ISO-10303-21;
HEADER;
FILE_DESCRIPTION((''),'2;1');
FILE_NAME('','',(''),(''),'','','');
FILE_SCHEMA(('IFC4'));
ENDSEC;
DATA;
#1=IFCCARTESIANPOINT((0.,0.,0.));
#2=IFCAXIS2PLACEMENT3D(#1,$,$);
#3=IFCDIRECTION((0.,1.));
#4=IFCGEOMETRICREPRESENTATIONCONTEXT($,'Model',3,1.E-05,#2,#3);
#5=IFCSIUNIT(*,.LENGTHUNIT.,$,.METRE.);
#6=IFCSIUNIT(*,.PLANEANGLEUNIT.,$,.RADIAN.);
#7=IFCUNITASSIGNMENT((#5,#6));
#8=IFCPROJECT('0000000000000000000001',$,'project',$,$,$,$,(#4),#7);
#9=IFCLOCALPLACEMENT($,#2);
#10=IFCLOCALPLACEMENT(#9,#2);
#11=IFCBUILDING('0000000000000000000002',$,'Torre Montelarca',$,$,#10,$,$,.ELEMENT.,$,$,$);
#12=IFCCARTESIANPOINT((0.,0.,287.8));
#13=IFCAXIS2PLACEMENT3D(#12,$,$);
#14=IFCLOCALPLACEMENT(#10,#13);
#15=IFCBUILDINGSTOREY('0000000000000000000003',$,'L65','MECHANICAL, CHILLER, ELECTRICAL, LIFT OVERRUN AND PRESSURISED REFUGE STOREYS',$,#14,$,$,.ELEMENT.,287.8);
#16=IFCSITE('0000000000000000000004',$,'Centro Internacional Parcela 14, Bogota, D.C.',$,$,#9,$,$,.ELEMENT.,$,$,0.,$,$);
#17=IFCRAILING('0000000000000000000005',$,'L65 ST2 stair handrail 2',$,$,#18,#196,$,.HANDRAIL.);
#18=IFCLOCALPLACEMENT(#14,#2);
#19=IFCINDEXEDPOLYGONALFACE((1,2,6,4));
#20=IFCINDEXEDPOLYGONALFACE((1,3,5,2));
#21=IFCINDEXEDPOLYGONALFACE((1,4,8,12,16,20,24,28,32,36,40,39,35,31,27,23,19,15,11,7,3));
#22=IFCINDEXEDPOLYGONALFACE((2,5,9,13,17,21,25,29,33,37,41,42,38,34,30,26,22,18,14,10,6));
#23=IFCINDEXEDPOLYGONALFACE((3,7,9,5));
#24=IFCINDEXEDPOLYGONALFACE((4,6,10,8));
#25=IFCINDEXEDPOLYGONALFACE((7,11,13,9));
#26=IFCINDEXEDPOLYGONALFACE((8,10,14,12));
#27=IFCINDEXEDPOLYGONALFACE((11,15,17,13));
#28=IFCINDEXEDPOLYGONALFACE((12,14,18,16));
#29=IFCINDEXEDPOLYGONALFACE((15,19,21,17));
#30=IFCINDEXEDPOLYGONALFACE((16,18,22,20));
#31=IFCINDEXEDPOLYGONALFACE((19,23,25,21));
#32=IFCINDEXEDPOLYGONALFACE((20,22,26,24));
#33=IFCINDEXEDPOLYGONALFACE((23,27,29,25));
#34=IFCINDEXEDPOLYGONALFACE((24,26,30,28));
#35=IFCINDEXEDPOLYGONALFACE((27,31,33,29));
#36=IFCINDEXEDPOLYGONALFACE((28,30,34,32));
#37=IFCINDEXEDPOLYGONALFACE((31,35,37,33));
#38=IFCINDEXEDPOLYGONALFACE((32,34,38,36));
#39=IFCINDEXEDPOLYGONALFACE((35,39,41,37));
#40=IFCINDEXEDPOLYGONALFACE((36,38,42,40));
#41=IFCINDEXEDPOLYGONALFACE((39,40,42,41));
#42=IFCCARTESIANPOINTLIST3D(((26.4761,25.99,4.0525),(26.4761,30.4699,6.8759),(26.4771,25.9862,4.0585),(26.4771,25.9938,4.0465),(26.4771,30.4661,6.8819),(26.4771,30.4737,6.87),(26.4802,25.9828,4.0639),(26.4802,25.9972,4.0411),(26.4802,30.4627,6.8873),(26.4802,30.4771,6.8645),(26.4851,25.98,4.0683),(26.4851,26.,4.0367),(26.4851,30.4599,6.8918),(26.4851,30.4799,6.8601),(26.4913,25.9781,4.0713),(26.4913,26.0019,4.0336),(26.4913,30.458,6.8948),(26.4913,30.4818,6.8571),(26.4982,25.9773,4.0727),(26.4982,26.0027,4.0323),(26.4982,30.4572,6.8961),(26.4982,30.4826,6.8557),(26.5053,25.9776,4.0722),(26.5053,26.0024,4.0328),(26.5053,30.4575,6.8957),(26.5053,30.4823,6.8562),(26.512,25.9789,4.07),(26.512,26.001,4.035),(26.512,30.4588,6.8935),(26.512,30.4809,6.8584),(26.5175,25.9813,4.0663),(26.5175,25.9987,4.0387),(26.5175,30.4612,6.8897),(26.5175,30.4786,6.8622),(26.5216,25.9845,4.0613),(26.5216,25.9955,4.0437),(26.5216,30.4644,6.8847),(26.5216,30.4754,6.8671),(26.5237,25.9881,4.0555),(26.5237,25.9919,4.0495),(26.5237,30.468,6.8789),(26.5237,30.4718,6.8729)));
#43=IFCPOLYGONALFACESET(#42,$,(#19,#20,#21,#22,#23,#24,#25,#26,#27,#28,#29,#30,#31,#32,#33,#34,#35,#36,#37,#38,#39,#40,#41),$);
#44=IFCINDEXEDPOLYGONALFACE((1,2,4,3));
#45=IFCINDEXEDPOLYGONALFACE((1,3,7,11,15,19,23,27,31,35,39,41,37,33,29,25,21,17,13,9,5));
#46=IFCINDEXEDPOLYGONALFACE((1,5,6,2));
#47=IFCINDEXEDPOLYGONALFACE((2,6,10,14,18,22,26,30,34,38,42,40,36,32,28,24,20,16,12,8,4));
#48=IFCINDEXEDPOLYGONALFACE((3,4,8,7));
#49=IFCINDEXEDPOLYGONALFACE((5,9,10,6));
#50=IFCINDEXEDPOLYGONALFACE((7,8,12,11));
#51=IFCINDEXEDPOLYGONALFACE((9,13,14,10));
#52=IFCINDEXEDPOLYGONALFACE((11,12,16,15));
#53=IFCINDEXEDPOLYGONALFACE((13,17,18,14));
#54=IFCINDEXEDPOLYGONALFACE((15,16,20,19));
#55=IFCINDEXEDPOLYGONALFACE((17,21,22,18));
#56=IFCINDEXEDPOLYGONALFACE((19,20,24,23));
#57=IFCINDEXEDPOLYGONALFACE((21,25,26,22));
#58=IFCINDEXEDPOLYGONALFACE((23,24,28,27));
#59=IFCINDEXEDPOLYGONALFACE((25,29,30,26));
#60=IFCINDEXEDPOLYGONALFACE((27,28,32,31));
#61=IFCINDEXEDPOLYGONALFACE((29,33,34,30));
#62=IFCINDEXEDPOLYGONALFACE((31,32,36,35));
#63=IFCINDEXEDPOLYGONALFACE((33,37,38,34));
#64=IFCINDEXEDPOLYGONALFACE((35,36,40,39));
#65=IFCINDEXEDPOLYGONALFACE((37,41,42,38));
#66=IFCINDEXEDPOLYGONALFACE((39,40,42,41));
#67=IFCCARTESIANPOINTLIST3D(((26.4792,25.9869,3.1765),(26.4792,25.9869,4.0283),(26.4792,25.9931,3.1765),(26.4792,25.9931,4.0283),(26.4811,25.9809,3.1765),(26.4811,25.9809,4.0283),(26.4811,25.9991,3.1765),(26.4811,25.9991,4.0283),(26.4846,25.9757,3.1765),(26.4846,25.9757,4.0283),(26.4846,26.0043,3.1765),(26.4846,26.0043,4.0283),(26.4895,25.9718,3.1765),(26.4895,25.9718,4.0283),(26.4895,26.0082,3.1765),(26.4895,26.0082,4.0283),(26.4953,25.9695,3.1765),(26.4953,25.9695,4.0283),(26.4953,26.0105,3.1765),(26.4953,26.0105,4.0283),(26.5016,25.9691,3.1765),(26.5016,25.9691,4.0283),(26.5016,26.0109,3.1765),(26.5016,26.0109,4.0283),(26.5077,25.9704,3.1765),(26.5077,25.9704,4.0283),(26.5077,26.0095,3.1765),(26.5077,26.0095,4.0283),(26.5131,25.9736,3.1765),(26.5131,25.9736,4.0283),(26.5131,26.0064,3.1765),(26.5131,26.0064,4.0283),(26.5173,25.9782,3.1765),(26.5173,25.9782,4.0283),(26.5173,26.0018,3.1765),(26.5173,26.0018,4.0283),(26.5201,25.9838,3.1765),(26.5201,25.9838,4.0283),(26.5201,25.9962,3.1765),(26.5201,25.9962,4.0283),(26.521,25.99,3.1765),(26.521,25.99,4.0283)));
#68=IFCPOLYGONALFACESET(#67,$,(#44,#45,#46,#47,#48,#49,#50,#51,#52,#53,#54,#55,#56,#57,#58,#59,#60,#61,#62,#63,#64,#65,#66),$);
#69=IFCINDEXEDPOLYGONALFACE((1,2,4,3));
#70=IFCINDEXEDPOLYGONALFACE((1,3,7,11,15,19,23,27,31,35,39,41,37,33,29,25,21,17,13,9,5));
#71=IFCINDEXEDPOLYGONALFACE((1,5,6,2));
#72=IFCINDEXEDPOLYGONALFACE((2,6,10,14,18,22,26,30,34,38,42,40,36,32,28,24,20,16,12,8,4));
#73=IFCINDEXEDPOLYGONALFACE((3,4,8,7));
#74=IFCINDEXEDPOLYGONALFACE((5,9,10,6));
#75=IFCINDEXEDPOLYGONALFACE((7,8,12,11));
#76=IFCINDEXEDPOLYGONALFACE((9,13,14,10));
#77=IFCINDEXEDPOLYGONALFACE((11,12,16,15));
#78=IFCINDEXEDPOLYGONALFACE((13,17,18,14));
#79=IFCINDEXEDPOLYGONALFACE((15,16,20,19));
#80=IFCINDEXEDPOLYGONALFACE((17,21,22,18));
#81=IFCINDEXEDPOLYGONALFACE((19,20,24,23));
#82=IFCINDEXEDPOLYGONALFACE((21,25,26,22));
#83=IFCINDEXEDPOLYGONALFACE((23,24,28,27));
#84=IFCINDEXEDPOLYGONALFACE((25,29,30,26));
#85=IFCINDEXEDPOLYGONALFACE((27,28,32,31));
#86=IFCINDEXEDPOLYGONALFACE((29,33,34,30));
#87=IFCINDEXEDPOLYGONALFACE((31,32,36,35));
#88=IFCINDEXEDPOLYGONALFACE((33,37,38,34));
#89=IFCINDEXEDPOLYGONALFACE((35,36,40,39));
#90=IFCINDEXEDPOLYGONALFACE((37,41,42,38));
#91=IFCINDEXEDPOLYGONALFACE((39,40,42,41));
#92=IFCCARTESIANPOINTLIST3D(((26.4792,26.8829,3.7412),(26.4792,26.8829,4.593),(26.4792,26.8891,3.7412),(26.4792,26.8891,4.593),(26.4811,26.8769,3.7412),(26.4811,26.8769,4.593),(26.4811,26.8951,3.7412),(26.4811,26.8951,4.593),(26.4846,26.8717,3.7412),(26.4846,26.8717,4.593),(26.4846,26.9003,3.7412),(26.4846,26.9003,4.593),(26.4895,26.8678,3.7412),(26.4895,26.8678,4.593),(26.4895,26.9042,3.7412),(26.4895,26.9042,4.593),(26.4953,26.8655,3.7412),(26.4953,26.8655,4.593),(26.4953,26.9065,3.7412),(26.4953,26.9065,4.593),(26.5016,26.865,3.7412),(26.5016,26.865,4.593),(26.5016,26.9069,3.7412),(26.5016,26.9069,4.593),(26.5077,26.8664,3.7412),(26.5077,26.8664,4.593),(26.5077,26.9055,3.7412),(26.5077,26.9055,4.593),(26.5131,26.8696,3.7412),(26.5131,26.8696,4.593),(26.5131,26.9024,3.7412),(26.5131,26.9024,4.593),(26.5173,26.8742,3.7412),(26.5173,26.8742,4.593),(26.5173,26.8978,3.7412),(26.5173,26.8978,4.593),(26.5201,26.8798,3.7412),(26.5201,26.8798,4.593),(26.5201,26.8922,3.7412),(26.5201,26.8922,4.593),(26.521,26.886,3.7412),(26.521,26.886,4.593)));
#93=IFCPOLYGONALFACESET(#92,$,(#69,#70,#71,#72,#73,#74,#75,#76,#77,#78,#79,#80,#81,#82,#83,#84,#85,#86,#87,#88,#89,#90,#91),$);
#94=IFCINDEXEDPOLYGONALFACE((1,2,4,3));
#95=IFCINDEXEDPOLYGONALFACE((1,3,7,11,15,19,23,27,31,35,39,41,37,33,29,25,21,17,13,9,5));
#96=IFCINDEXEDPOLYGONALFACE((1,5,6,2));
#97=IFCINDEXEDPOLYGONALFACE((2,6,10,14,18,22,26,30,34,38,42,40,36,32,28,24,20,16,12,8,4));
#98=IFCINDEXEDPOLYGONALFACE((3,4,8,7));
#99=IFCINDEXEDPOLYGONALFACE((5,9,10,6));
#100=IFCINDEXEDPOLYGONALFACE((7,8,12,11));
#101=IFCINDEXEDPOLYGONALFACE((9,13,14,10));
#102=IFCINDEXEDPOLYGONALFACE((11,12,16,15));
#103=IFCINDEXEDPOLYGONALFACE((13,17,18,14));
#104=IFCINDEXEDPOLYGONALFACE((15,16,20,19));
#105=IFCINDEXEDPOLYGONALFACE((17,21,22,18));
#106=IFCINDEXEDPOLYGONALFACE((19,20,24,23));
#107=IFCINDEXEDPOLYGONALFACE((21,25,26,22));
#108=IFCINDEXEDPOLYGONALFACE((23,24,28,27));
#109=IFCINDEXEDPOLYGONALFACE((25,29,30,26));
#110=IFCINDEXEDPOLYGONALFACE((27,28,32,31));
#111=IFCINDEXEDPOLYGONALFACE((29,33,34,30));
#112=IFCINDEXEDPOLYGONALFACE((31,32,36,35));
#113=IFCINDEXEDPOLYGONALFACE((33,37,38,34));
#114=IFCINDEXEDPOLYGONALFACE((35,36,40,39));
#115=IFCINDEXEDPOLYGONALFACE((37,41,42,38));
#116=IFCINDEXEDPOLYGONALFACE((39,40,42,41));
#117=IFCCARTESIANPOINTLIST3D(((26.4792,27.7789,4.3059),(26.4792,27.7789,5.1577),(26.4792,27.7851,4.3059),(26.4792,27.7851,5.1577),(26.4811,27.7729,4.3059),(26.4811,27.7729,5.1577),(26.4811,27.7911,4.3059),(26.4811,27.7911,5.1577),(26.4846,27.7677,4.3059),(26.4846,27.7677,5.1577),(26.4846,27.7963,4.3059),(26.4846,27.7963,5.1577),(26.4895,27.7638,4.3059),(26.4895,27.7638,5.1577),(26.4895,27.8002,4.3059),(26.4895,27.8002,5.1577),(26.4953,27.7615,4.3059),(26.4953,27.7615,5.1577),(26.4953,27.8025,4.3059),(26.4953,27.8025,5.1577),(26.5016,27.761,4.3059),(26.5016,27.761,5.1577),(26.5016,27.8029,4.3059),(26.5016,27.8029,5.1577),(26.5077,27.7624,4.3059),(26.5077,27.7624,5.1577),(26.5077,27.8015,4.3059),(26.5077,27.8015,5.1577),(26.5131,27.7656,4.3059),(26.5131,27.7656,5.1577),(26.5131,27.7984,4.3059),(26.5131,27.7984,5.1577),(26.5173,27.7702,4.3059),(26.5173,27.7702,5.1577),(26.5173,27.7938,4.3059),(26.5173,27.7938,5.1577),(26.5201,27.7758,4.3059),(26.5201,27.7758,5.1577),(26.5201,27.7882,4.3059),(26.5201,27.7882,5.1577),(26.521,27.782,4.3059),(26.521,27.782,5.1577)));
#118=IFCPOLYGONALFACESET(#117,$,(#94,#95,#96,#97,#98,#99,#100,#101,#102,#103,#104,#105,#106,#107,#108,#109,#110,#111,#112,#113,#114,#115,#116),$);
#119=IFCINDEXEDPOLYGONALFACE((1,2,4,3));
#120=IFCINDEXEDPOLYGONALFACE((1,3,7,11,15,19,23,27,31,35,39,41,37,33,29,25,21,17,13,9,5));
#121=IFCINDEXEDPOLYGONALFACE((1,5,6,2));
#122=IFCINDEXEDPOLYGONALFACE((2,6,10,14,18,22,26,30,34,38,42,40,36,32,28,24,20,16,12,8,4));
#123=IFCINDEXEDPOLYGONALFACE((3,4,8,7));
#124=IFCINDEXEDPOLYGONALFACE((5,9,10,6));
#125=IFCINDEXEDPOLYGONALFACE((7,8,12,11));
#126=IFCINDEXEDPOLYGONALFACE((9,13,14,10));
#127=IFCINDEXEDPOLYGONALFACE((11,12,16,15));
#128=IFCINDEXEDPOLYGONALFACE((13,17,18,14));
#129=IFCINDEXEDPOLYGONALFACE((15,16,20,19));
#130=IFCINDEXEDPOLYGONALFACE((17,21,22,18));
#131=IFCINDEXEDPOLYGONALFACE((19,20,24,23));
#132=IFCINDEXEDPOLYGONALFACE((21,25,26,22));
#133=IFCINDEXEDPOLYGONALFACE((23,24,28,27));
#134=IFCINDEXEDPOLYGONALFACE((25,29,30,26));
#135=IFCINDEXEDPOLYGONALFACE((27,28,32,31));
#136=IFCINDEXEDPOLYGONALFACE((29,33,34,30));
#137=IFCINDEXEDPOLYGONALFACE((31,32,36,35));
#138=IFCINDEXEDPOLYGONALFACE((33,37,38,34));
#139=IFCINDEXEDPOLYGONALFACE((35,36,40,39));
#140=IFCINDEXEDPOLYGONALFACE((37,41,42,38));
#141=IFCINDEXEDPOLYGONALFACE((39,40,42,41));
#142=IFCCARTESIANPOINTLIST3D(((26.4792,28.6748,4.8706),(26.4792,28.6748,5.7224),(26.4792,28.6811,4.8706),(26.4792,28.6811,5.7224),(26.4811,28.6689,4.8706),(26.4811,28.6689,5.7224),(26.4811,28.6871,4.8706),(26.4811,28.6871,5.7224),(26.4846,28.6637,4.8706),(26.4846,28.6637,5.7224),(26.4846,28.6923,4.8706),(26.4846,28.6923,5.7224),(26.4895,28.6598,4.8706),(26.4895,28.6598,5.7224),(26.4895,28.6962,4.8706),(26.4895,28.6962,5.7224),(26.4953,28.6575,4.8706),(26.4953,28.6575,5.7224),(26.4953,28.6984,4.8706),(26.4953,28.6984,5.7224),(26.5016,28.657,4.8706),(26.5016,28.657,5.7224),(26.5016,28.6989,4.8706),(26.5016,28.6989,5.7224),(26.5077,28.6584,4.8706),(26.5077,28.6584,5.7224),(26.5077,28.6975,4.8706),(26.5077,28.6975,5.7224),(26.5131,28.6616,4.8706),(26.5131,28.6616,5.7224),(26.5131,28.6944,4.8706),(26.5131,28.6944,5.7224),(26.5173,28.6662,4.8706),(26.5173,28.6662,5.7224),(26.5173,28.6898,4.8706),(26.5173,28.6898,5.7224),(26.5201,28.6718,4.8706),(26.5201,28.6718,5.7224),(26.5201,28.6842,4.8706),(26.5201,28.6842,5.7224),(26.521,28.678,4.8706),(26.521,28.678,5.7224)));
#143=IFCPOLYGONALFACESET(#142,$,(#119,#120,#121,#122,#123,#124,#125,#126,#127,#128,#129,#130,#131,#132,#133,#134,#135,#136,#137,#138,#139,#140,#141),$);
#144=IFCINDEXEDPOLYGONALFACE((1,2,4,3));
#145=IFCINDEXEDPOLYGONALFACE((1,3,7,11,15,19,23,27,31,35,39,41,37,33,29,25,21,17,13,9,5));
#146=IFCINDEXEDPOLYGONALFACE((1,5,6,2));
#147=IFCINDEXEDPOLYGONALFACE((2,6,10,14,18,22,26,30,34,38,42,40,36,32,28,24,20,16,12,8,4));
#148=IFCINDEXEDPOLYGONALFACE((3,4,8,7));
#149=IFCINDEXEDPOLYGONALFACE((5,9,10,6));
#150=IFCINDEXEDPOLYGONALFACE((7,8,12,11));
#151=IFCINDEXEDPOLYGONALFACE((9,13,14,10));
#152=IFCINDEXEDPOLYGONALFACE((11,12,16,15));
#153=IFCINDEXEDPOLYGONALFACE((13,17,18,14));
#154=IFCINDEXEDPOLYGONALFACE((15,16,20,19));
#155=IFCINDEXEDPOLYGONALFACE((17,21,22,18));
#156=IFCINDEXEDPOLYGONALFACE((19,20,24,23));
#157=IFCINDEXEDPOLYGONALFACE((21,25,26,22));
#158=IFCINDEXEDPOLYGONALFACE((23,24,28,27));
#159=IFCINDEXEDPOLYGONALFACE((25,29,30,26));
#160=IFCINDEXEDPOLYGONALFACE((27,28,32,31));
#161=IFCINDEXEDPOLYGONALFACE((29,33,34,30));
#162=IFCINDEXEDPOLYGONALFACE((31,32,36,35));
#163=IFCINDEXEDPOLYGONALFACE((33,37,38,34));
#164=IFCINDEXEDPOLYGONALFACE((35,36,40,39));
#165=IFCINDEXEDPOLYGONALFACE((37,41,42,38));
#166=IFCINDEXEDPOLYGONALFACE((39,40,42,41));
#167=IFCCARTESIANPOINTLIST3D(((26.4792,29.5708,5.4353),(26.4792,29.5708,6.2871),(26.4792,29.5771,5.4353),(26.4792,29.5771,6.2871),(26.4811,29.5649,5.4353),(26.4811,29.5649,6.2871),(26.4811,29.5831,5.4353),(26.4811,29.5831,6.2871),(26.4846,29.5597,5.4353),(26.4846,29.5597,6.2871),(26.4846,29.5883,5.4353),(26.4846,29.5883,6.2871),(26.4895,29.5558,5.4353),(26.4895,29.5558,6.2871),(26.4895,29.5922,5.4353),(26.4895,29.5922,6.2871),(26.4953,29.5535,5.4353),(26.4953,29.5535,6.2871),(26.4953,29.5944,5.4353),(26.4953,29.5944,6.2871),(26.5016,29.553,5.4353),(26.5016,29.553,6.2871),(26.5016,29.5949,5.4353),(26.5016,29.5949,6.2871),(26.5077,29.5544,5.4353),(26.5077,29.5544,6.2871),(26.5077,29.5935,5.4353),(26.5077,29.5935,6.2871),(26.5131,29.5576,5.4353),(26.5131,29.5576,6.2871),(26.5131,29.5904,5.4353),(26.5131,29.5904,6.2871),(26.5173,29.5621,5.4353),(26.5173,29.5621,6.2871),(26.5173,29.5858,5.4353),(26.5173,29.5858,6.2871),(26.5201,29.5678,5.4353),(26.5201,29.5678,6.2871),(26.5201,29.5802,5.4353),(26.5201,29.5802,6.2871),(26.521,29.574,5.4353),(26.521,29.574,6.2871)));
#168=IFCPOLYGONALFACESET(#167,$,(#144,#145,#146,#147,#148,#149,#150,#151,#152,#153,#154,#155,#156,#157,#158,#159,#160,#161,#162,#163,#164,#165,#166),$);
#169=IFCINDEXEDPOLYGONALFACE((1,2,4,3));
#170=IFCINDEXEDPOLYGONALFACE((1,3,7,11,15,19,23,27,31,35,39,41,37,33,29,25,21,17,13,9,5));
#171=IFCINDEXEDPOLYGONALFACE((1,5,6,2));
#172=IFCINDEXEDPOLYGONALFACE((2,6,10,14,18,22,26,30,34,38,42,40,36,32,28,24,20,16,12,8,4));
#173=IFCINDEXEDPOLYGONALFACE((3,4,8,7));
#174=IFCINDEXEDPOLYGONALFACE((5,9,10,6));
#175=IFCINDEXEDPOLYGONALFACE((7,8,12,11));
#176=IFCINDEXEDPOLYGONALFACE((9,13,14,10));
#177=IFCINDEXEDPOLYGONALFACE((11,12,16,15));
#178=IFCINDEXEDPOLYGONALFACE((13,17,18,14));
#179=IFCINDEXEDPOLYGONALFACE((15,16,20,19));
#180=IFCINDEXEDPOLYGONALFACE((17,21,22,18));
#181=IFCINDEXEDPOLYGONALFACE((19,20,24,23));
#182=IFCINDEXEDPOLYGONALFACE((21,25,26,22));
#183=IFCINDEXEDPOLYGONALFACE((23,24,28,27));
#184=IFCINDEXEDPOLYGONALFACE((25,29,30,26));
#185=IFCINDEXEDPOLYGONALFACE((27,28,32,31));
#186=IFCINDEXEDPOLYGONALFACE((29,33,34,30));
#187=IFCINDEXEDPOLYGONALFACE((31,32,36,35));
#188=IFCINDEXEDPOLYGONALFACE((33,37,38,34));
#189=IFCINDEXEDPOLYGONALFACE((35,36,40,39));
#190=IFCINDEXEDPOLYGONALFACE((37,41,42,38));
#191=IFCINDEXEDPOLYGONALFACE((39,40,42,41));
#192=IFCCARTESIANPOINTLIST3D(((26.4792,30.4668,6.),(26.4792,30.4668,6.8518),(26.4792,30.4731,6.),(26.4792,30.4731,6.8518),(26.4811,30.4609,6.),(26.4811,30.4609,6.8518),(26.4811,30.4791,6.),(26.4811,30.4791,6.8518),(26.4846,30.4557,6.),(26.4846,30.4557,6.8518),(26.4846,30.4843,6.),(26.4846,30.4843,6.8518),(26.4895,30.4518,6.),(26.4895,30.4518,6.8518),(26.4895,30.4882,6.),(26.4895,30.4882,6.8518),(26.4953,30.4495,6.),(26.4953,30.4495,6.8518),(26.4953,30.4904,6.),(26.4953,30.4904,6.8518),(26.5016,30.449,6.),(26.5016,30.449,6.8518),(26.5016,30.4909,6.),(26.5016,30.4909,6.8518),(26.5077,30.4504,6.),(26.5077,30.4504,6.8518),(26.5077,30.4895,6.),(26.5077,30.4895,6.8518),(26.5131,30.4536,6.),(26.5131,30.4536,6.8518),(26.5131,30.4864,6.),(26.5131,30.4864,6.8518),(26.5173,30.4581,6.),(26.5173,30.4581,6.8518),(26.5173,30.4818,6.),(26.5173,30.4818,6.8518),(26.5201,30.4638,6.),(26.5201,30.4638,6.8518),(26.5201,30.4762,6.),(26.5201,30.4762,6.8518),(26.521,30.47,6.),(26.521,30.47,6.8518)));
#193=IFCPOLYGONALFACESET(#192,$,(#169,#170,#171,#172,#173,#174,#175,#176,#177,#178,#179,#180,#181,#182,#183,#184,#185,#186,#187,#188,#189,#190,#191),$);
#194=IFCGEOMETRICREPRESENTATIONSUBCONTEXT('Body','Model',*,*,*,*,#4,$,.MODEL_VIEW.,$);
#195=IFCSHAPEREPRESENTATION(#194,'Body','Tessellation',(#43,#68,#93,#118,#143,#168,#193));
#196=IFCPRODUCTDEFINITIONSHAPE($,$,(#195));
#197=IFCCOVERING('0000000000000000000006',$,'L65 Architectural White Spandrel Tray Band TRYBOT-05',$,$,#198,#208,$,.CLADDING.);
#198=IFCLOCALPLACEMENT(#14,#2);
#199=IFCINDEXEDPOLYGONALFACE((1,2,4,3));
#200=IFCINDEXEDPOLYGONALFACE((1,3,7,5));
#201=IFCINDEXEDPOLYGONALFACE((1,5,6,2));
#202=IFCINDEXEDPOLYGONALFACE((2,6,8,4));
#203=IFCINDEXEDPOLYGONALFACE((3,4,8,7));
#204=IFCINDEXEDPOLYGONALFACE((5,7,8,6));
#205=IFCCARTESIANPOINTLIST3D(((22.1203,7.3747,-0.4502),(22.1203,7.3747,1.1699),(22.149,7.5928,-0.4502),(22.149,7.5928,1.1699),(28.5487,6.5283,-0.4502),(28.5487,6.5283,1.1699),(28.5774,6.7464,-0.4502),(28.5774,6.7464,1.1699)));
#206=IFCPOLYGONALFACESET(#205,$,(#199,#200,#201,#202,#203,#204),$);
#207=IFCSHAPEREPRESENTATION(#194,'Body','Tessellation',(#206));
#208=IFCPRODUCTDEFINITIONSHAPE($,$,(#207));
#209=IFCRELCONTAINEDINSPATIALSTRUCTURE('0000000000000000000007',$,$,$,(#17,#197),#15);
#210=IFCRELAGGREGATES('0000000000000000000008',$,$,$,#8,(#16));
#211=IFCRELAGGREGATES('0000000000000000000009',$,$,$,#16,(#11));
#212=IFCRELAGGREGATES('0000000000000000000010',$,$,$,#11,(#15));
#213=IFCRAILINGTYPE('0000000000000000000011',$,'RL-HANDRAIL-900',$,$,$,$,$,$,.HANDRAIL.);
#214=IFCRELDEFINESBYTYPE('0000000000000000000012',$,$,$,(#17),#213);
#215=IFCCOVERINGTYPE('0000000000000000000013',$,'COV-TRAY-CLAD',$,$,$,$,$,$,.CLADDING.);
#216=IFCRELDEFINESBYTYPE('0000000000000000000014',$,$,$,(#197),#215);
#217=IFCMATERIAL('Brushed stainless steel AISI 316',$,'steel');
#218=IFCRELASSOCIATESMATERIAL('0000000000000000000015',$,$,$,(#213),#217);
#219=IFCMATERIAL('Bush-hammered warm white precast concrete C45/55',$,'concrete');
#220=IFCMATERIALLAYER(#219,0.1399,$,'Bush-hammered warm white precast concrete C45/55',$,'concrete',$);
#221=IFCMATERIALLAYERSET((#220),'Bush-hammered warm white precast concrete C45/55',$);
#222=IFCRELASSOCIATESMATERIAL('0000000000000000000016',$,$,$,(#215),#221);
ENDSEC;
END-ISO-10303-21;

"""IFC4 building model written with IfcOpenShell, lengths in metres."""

from ifc_helpers import new_model, si_unit, direction, frame, origin, origin_2d, place, context, subcontext, project, spatial, rectangle, circle, extrude, source, transform, mapped, material, layer, layer_set, type_object, element, save


model = new_model("IFC4")

# Units and contexts
model_context = context("Model", 3, precision=1e-05, world=origin(), true_north=direction((0.0, 1.0)))
body_context = subcontext(model_context, "Body", "Model", "MODEL_VIEW")
ifc_project = project(units=[si_unit("LENGTHUNIT", "METRE"), si_unit("PLANEANGLEUNIT", "RADIAN")], contexts=[model_context])

# Site, building, storey
site_placement = place(None, origin())
site = spatial("IfcSite", under=ifc_project, at=site_placement, Name="Centro Internacional Parcela 14, Bogota, D.C.", CompositionType="ELEMENT", RefElevation=0.0)
building_placement = place(site_placement, origin())
building = spatial("IfcBuilding", under=site, at=building_placement, Name="Torre Montelarca", CompositionType="ELEMENT")
storey_placement = place(building_placement, frame((0.0, 0.0, 287.8)))
storey = spatial("IfcBuildingStorey", under=building, at=storey_placement, Name="L65", Description="MECHANICAL, CHILLER, ELECTRICAL, LIFT OVERRUN AND PRESSURISED REFUGE STOREYS", CompositionType="ELEMENT", Elevation=287.8)

# Railing
ifc_material_1 = material(Name="Brushed stainless steel AISI 316", Category="steel")
railing_type_1 = type_object("IfcRailingType", Name="RL-HANDRAIL-900", PredefinedType="HANDRAIL", material=ifc_material_1)
railing_1_placement = place(storey_placement, frame((26.5, 25.99, 3.1765)))
element("IfcRailing", 1, at=railing_1_placement, inside=storey, type_object=railing_type_1, Name="L65 ST2 stair handrail 2", PredefinedType="HANDRAIL", context=body_context, shape_type="SweptSolid", body=[
    extrude(circle(Radius=0.0239, at=origin_2d()), frame((0.0, 0.0, 0.876), z_axis=(0.0, 0.845998, 0.533186), x_axis=(-1.0, 0.0, 0.0)), (0.0, 0.0, 1.0), 5.2954),
    extrude(circle(Radius=0.021, at=origin_2d()), origin(), (0.0, 0.0, 1.0), 0.8518),
    extrude(circle(Radius=0.021, at=origin_2d()), frame((0.0, 0.896, 0.5647)), (0.0, 0.0, 1.0), 0.8518),
    extrude(circle(Radius=0.021, at=origin_2d()), frame((0.0, 1.792, 1.1294)), (0.0, 0.0, 1.0), 0.8518),
    extrude(circle(Radius=0.021, at=origin_2d()), frame((0.0, 2.688, 1.6941)), (0.0, 0.0, 1.0), 0.8518),
    extrude(circle(Radius=0.021, at=origin_2d()), frame((0.0, 3.584, 2.2588)), (0.0, 0.0, 1.0), 0.8518),
    extrude(circle(Radius=0.021, at=origin_2d()), frame((0.0, 4.48, 2.8235)), (0.0, 0.0, 1.0), 0.8518),
])

# Covering
ifc_material_2 = material(Name="Bush-hammered warm white precast concrete C45/55", Category="concrete")
ifc_layer_1 = layer(ifc_material_2, 0.1399, Name="Bush-hammered warm white precast concrete C45/55", Category="concrete")
ifc_layer_set_1 = layer_set([ifc_layer_1], Name="Bush-hammered warm white precast concrete C45/55")
covering_type = type_object("IfcCoveringType", Name="COV-TRAY-CLAD", PredefinedType="CLADDING", material=ifc_layer_set_1)
shared_shape_1 = source(origin(), body_context, "Body", "SweptSolid", [
    extrude(rectangle(XDim=6.4839, YDim=0.22, at=origin_2d()), origin(), (0.0, 0.0, 1.0), 1.6201),
])
covering_1_placement = place(storey_placement, frame((25.3489, 7.0605, -0.4502), z_axis=(0.0, 0.0, 1.0), x_axis=(0.991444, -0.130531, 0.0)))
element("IfcCovering", 2, at=covering_1_placement, inside=storey, type_object=covering_type, Name="L65 Architectural White Spandrel Tray Band TRYBOT-05", PredefinedType="CLADDING", context=body_context, shape_type="MappedRepresentation", body=[
    mapped(shared_shape_1, transform((0.0, 0.0, 0.0), scale=1.0)),
])

save(model, "model.ifc")
